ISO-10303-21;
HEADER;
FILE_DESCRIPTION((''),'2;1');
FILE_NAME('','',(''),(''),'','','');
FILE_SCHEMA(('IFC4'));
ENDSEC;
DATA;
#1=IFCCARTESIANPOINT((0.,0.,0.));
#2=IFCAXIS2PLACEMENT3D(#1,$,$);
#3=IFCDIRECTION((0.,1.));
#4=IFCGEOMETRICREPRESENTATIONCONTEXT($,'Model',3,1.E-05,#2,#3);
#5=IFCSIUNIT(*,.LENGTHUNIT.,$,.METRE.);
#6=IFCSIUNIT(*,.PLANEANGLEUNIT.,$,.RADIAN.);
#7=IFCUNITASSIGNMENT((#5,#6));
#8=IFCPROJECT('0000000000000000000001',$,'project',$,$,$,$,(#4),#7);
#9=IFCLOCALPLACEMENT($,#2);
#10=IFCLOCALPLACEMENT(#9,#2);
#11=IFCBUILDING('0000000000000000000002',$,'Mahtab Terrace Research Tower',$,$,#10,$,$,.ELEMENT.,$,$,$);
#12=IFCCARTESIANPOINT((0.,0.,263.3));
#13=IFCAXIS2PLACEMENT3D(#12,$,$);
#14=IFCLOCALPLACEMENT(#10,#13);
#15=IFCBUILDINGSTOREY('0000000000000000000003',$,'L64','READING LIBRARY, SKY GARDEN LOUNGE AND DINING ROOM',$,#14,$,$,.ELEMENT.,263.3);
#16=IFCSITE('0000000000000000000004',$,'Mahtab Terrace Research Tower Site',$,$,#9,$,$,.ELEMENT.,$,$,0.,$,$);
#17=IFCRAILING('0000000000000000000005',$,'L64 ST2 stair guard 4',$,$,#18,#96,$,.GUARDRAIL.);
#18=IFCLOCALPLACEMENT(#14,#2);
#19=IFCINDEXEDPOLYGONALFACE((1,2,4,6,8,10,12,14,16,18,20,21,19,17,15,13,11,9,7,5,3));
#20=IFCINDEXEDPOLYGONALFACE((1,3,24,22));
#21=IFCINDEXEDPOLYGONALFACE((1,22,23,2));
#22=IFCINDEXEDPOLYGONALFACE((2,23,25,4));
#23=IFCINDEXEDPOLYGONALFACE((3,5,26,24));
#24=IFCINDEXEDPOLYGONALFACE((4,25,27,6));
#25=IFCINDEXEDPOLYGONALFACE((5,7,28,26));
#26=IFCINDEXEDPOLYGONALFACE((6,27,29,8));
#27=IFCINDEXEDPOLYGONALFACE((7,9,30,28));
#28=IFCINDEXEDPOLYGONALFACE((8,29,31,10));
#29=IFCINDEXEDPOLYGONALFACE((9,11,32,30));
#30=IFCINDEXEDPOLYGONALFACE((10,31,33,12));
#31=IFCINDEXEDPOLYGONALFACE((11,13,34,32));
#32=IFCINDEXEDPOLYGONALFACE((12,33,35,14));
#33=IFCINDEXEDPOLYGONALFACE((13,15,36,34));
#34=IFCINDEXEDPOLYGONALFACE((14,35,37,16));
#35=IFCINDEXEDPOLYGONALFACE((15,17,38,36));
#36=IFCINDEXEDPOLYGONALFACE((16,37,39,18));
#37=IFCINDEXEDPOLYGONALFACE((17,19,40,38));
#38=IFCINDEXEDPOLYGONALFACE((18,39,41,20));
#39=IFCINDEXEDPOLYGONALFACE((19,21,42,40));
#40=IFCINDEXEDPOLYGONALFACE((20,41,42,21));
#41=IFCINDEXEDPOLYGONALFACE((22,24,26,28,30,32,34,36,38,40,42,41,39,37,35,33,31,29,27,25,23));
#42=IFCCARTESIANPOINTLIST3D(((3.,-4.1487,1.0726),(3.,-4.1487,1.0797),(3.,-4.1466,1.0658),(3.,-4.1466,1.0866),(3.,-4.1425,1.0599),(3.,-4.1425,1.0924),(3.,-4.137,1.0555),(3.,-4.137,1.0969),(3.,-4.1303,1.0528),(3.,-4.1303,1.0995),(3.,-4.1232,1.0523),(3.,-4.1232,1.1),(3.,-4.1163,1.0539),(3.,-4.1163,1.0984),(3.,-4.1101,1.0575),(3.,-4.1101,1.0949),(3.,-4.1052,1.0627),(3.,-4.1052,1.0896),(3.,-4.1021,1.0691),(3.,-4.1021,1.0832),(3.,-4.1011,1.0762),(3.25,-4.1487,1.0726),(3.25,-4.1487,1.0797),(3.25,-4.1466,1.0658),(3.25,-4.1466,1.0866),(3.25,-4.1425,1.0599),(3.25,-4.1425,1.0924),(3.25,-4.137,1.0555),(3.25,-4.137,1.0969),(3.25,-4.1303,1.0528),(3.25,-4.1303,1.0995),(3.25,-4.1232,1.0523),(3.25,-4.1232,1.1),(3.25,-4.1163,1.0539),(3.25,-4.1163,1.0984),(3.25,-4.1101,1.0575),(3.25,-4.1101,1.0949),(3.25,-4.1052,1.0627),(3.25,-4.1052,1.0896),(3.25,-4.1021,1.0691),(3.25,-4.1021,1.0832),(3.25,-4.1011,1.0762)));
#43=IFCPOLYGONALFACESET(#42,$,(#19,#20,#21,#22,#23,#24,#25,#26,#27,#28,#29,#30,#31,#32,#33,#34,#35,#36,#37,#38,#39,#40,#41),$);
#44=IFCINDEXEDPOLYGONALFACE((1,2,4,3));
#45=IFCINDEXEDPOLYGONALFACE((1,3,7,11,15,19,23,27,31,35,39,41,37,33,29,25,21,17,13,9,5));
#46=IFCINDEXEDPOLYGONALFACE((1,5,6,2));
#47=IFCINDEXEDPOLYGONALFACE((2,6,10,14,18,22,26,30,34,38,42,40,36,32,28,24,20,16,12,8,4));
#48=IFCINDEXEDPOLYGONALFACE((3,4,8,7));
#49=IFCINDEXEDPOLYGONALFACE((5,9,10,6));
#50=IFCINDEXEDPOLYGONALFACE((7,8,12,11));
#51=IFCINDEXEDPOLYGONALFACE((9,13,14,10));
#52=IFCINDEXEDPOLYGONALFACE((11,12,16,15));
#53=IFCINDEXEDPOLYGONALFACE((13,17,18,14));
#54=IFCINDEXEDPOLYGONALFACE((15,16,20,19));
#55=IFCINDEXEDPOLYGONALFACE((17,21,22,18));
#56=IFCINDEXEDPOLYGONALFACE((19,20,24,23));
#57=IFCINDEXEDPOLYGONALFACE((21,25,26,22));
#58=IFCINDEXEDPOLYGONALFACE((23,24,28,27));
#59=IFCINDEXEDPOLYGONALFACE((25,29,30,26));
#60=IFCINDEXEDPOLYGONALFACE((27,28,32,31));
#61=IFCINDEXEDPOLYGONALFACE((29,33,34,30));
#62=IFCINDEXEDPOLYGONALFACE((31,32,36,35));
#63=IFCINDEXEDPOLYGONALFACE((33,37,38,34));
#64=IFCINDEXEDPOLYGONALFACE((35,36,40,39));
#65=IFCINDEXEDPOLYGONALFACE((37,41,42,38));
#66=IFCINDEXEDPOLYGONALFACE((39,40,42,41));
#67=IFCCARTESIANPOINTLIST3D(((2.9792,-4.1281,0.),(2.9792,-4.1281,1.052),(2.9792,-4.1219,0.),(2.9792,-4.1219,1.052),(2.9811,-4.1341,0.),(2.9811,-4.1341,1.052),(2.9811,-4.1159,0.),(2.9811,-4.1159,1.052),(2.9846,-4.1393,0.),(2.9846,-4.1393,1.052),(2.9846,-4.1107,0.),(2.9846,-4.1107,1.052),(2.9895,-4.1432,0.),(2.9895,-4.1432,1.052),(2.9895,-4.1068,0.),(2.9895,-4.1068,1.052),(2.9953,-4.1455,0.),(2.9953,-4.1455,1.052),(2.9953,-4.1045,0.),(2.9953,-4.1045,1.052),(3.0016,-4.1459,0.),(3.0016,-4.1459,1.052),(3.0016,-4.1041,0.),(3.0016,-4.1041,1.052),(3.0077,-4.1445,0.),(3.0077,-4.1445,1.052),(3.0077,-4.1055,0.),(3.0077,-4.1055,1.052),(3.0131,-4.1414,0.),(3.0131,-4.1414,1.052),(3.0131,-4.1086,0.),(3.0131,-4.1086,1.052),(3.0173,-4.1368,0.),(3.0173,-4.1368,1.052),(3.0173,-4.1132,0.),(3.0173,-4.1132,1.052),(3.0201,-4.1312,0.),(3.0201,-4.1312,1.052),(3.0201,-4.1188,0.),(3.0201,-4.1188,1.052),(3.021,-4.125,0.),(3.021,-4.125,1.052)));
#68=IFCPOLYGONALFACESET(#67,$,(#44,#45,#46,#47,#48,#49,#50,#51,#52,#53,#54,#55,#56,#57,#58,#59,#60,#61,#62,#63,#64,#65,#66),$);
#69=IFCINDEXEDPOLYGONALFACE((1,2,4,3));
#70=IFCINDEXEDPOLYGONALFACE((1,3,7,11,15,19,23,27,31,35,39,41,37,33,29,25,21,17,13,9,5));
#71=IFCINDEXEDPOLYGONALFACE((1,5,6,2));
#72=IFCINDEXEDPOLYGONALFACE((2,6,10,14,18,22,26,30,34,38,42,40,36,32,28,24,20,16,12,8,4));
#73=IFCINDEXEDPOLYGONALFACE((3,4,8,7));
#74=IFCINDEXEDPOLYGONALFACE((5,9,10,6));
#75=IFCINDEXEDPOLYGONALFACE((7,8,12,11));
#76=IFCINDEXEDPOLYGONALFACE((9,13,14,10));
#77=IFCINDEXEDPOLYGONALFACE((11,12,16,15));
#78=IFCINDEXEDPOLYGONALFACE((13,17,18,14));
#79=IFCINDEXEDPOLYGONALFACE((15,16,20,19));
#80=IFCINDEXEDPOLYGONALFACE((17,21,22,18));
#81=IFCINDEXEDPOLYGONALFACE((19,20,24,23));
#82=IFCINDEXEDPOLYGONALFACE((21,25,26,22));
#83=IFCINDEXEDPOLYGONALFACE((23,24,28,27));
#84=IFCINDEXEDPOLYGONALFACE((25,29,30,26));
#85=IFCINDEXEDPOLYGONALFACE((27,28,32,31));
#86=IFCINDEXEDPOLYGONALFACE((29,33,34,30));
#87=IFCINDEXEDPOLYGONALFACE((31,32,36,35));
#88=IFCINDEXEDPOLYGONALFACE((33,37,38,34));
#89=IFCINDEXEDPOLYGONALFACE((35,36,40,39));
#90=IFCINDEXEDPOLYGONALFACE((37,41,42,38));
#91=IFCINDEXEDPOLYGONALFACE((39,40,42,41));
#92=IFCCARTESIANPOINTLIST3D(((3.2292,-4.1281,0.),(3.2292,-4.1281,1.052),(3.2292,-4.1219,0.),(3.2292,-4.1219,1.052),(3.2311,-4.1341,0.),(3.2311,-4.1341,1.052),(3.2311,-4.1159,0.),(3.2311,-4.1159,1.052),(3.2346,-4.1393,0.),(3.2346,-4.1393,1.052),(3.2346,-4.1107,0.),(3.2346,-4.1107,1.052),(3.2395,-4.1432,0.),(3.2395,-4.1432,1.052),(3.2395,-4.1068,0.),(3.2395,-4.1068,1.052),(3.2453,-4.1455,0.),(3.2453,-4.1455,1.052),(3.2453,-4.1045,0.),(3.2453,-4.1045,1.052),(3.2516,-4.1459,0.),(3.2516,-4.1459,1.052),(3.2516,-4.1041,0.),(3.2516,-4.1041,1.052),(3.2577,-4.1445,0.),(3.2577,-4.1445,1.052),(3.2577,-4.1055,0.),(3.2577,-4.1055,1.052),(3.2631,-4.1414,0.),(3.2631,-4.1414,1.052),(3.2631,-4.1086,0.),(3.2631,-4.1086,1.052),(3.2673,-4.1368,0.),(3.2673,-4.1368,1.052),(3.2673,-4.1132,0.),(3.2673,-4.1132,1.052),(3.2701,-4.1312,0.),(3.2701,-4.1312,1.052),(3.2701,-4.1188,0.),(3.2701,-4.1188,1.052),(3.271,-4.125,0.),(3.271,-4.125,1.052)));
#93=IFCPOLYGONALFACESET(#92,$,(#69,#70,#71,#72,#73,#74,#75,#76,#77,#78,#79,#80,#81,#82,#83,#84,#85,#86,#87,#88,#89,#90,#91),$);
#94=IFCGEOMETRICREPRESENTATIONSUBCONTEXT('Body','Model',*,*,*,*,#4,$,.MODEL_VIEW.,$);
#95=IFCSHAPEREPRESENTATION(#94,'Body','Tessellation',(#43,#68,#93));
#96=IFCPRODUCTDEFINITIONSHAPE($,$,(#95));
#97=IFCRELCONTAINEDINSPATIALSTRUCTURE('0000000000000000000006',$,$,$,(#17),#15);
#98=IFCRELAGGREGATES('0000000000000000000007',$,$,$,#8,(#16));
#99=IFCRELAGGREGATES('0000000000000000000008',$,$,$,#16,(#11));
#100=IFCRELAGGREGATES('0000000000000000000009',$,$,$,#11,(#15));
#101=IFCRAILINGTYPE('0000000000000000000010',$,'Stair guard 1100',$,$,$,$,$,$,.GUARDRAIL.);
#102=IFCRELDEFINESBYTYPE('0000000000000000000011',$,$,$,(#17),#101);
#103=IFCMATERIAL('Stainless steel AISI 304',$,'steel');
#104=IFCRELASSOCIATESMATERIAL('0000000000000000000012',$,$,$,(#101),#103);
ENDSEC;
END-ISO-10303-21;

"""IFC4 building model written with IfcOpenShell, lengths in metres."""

from ifc_helpers import new_model, si_unit, direction, frame, origin, origin_2d, place, context, subcontext, project, spatial, circle, extrude, material, type_object, element, save


model = new_model("IFC4")

# Units and contexts
model_context = context("Model", 3, precision=1e-05, world=origin(), true_north=direction((0.0, 1.0)))
body_context = subcontext(model_context, "Body", "Model", "MODEL_VIEW")
ifc_project = project(units=[si_unit("LENGTHUNIT", "METRE"), si_unit("PLANEANGLEUNIT", "RADIAN")], contexts=[model_context])

# Site, building, storey
site_placement = place(None, origin())
site = spatial("IfcSite", under=ifc_project, at=site_placement, Name="Mahtab Terrace Research Tower Site", CompositionType="ELEMENT", RefElevation=0.0)
building_placement = place(site_placement, origin())
building = spatial("IfcBuilding", under=site, at=building_placement, Name="Mahtab Terrace Research Tower", CompositionType="ELEMENT")
storey_placement = place(building_placement, frame((0.0, 0.0, 263.3)))
storey = spatial("IfcBuildingStorey", under=building, at=storey_placement, Name="L64", Description="READING LIBRARY, SKY GARDEN LOUNGE AND DINING ROOM", CompositionType="ELEMENT", Elevation=263.3)

# Railing
ifc_material_1 = material(Name="Stainless steel AISI 304", Category="steel")
railing_type_1 = type_object("IfcRailingType", Name="Stair guard 1100", PredefinedType="GUARDRAIL", material=ifc_material_1)
railing_1_placement = place(storey_placement, frame((3.0, -4.125, 0.0)))
element("IfcRailing", 1, at=railing_1_placement, inside=storey, type_object=railing_type_1, Name="L64 ST2 stair guard 4", PredefinedType="GUARDRAIL", context=body_context, shape_type="SweptSolid", body=[
    extrude(circle(Radius=0.0239, at=origin_2d()), frame((0.0, 0.0, 1.0762), z_axis=(1.0, 0.0, 0.0), x_axis=(0.0, 1.0, 0.0)), (0.0, 0.0, 1.0), 0.25),
    extrude(circle(Radius=0.021, at=origin_2d()), origin(), (0.0, 0.0, 1.0), 1.052),
    extrude(circle(Radius=0.021, at=origin_2d()), frame((0.25, 0.0, 0.0)), (0.0, 0.0, 1.0), 1.052),
])

save(model, "model.ifc")
